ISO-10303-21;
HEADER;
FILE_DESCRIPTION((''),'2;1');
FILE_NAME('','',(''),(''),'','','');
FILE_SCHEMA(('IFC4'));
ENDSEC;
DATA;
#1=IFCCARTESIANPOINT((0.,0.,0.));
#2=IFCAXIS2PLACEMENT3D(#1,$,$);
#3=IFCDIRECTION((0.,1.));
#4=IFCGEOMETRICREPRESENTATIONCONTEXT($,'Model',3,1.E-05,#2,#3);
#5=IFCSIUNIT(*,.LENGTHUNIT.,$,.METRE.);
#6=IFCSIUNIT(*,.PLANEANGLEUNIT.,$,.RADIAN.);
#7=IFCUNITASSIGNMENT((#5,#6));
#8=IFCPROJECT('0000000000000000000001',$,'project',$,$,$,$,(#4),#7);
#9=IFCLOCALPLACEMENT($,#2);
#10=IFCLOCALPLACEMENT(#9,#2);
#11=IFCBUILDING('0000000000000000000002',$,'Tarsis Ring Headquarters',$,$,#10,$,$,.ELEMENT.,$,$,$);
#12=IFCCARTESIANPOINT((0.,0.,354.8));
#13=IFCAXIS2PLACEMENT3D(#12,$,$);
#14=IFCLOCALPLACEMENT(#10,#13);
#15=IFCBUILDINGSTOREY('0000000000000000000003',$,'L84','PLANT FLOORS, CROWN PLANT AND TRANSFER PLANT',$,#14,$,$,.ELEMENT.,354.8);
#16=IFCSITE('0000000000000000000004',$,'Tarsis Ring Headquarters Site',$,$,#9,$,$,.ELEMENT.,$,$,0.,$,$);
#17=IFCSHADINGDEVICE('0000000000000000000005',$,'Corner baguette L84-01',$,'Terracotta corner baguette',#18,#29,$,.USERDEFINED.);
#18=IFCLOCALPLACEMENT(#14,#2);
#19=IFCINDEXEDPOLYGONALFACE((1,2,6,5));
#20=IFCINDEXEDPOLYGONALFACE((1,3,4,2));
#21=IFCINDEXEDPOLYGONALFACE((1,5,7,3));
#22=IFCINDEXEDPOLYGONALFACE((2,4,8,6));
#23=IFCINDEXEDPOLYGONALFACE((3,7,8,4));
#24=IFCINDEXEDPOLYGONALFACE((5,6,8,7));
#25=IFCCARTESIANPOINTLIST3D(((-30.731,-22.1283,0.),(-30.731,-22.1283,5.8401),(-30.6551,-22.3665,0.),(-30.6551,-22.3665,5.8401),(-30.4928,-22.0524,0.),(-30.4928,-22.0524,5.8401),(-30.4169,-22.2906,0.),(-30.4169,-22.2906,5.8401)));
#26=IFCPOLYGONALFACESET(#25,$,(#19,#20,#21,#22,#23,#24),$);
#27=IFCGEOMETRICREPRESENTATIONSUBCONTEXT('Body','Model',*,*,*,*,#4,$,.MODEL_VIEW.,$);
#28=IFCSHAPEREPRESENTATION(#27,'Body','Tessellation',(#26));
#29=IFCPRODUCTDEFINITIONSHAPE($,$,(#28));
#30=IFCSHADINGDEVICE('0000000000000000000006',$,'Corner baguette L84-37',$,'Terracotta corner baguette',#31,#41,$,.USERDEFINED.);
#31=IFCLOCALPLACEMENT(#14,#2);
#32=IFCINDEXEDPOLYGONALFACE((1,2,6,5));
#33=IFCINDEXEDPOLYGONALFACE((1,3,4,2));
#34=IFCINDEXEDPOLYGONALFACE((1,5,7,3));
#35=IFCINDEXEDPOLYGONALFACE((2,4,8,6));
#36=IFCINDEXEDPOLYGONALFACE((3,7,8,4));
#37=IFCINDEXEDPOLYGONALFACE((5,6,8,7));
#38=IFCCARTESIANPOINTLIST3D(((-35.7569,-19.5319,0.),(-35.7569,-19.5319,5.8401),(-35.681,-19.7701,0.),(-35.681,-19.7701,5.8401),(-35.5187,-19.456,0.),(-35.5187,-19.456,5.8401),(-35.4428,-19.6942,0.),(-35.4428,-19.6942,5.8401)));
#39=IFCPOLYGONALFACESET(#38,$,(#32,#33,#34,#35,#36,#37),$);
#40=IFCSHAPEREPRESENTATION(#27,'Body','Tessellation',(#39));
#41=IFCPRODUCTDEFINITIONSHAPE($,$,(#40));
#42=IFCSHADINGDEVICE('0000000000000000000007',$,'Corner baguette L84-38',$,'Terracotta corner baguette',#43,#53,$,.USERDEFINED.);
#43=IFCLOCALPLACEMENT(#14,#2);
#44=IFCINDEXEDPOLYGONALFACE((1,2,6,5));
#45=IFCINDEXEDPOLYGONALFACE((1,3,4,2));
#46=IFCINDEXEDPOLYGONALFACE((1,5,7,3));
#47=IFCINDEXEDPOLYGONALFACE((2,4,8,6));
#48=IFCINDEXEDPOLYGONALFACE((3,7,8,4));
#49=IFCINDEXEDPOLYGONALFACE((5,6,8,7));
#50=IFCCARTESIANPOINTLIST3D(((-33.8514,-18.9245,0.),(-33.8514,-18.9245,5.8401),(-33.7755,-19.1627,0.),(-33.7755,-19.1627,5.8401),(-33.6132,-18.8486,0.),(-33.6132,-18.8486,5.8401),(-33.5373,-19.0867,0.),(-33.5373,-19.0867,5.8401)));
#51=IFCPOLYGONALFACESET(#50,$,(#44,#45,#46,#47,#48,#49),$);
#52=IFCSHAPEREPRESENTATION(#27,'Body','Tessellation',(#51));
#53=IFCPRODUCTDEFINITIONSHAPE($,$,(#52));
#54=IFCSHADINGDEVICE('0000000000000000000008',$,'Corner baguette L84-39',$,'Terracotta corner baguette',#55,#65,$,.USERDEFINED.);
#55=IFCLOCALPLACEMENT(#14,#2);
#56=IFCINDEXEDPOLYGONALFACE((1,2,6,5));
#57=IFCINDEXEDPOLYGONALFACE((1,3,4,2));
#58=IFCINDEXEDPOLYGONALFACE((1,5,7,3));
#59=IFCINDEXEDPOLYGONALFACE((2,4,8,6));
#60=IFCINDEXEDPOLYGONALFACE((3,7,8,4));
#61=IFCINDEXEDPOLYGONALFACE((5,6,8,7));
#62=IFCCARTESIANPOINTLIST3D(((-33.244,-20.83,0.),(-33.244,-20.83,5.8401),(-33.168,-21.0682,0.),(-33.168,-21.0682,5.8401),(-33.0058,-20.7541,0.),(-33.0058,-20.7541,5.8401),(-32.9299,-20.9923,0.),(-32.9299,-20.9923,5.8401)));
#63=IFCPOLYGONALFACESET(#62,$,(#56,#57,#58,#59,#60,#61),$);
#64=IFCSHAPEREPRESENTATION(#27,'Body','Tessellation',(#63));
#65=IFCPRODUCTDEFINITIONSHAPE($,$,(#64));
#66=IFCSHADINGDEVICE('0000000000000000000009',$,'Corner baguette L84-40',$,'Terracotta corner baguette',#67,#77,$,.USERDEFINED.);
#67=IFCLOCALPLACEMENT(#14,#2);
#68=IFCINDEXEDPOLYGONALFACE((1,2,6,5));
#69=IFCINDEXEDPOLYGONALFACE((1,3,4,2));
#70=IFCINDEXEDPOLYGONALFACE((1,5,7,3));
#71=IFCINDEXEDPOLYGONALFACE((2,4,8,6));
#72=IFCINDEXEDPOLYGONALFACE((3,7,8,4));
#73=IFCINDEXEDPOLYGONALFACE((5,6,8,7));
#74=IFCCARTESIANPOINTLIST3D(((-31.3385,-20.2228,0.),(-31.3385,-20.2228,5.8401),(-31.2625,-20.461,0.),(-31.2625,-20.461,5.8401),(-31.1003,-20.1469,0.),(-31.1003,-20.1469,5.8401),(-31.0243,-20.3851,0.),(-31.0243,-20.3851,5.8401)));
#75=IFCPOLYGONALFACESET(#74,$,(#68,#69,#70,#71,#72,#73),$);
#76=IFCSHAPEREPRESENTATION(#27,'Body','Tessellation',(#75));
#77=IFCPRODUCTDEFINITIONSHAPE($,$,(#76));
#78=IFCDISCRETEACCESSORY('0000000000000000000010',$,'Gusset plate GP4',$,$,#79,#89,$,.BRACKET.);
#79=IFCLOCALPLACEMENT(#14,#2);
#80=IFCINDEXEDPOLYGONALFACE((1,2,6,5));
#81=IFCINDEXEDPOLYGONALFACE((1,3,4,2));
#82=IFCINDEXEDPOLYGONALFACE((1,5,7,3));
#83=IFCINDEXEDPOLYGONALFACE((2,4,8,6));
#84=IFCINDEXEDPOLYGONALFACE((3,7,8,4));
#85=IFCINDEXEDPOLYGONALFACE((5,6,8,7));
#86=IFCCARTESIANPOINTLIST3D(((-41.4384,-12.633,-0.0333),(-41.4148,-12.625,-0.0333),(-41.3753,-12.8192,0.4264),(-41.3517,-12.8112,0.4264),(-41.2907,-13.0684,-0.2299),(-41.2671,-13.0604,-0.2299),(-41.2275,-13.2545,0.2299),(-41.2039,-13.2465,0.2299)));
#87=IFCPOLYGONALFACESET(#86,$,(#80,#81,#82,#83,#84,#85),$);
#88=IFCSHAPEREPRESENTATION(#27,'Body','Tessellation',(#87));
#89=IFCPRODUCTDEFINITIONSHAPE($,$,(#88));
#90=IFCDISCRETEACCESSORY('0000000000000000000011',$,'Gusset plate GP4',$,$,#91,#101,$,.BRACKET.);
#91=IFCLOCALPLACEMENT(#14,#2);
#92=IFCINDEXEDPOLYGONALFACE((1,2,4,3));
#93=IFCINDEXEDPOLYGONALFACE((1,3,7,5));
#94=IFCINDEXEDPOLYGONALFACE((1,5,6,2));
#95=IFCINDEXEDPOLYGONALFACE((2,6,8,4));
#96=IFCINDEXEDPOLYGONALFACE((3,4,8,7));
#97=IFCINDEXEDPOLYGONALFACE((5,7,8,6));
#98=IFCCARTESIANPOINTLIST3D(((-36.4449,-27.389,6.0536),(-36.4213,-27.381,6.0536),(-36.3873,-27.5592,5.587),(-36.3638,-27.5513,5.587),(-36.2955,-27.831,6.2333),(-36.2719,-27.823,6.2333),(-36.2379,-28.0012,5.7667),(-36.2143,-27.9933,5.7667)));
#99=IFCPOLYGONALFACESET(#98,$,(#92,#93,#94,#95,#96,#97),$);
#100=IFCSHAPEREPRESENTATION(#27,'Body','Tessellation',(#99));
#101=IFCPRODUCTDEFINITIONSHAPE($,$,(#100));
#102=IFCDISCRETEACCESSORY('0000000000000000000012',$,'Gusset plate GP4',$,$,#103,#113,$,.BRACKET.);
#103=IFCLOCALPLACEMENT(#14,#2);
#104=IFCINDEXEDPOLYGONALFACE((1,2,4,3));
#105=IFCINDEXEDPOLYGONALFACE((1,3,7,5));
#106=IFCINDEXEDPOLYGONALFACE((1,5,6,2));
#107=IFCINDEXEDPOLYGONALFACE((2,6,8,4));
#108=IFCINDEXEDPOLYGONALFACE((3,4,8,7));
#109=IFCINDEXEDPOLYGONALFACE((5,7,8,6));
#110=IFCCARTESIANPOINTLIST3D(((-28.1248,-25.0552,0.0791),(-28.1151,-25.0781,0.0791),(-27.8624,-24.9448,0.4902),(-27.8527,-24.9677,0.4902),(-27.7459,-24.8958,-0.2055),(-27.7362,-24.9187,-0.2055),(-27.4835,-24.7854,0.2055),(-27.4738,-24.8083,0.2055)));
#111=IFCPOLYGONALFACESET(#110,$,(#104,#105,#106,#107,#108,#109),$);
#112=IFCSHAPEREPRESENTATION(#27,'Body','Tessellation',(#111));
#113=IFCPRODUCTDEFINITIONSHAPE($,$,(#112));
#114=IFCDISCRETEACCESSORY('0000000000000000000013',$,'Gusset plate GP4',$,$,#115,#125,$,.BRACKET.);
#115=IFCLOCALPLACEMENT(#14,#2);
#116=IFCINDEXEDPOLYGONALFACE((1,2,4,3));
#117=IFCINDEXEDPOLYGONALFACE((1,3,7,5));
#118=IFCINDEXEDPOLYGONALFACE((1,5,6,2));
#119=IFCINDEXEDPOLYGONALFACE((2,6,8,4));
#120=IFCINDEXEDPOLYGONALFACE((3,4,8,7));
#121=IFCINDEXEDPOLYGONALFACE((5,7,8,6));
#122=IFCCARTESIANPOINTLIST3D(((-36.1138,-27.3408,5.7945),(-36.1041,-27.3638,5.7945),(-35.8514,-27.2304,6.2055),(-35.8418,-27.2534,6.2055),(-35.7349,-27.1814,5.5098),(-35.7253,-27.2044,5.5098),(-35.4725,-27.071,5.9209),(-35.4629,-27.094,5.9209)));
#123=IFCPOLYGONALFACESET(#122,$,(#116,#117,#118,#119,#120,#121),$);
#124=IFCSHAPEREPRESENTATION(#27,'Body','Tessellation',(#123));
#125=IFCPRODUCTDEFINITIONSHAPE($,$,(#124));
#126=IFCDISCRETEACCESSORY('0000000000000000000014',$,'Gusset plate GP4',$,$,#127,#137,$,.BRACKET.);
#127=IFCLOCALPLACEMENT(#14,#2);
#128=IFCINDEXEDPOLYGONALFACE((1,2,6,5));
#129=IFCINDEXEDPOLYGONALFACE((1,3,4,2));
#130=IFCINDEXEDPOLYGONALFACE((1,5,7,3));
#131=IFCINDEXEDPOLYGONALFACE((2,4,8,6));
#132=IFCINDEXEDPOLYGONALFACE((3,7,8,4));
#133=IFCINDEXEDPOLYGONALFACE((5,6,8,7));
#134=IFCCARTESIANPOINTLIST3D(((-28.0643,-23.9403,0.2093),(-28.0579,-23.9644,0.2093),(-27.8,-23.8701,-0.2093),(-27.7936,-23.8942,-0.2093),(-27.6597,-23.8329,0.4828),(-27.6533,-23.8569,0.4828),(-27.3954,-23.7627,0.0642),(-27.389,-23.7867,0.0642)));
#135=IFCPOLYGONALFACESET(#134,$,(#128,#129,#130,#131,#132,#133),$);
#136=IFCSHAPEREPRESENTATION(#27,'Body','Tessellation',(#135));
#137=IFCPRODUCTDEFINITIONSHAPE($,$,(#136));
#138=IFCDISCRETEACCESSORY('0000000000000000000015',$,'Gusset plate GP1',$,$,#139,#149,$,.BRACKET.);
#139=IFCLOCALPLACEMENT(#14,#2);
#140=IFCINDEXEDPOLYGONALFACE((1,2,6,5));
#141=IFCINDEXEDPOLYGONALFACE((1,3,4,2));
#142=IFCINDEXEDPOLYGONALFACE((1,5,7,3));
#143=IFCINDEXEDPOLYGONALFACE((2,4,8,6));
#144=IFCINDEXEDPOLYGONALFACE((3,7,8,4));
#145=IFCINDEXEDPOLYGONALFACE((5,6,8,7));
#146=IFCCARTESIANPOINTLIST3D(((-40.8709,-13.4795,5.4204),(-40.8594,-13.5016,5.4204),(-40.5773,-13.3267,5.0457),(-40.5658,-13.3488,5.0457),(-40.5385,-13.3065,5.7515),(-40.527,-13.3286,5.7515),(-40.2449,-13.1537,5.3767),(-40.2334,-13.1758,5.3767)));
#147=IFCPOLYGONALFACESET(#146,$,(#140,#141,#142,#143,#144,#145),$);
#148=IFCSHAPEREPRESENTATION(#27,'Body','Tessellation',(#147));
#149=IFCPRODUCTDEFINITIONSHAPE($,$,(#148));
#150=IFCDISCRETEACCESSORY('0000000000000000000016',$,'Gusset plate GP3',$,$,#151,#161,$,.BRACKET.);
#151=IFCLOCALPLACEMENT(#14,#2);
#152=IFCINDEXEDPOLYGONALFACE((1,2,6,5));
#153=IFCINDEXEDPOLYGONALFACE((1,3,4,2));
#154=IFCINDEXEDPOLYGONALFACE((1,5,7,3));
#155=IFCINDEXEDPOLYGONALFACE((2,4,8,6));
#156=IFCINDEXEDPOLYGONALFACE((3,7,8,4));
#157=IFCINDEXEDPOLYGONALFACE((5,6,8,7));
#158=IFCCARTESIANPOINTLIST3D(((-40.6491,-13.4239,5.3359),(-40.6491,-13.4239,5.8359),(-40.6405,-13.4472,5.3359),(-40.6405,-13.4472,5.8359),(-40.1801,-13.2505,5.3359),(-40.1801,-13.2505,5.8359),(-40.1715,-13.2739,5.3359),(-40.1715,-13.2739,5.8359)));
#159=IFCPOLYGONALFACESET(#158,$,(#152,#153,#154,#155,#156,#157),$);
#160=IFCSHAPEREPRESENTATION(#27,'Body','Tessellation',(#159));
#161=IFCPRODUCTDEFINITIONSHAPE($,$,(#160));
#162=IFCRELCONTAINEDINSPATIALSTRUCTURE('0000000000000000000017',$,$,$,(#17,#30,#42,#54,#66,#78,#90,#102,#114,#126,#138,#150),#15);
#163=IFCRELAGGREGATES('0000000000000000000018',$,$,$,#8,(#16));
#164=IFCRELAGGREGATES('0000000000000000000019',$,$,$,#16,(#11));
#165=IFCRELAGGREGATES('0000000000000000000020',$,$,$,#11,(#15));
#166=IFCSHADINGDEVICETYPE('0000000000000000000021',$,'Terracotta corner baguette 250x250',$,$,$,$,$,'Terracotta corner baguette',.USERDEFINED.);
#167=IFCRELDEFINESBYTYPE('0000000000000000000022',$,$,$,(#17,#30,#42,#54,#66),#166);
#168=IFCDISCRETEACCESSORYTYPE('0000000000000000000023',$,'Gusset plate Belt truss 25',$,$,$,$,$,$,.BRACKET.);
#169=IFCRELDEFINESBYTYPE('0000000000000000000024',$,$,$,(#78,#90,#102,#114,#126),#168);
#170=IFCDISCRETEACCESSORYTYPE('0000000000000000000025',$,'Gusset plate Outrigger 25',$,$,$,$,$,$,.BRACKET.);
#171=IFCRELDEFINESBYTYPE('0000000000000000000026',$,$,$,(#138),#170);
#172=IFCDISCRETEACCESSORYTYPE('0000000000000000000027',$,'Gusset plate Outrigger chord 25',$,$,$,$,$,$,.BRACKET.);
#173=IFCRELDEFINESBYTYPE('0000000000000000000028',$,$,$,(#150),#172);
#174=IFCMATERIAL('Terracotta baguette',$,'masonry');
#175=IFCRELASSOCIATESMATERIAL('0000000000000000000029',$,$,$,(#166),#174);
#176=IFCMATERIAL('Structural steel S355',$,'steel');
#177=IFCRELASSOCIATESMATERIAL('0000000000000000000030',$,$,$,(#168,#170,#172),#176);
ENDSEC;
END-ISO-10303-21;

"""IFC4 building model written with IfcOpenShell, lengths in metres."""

from ifc_helpers import new_model, si_unit, direction, frame, origin, origin_2d, place, context, subcontext, project, spatial, rectangle, extrude, material, material_profile, profile_set, type_object, element, save


model = new_model("IFC4")

# Units and contexts
model_context = context("Model", 3, precision=1e-05, world=origin(), true_north=direction((0.0, 1.0)))
body_context = subcontext(model_context, "Body", "Model", "MODEL_VIEW")
ifc_project = project(units=[si_unit("LENGTHUNIT", "METRE"), si_unit("PLANEANGLEUNIT", "RADIAN")], contexts=[model_context])

# Site, building, storey
site_placement = place(None, origin())
site = spatial("IfcSite", under=ifc_project, at=site_placement, Name="Tarsis Ring Headquarters Site", CompositionType="ELEMENT", RefElevation=0.0)
building_placement = place(site_placement, origin())
building = spatial("IfcBuilding", under=site, at=building_placement, Name="Tarsis Ring Headquarters", CompositionType="ELEMENT")
storey_placement = place(building_placement, frame((0.0, 0.0, 354.8)))
storey = spatial("IfcBuildingStorey", under=building, at=storey_placement, Name="L84", Description="PLANT FLOORS, CROWN PLANT AND TRANSFER PLANT", CompositionType="ELEMENT", Elevation=354.8)

# Shared definitions
ifc_material_1 = material(Name="Structural steel S355", Category="steel")

# Shading devices
ifc_material_2 = material(Name="Terracotta baguette", Category="masonry")
shading_device_type_1 = type_object("IfcShadingDeviceType", Name="Terracotta corner baguette 250x250", ElementType="Terracotta corner baguette", PredefinedType="USERDEFINED", material=ifc_material_2)
for number, where, z_axis, x_axis, name in (
    (1, (-30.574, -22.2095, 0.0), (0.0, 0.0, 1.0), (0.303701, -0.952767, 0.0), "Corner baguette L84-01"),
    (2, (-35.5999, -19.613, 0.0), (0.0, 0.0, 1.0), (0.303701, -0.952768, 0.0), "Corner baguette L84-37"),
    (3, (-33.6943, -19.0056, 0.0), (0.0, 0.0, 1.0), (0.952767, 0.303701, 0.0), "Corner baguette L84-38"),
    (4, (-33.0869, -20.9111, 0.0), (0.0, 0.0, 1.0), (0.3037, -0.952768, 0.0), "Corner baguette L84-39"),
    (5, (-31.1814, -20.304, 0.0), (0.0, 0.0, 1.0), (0.952768, 0.303701, 0.0), "Corner baguette L84-40"),
):
    element("IfcShadingDevice", number, at=place(storey_placement, frame(where, z_axis=z_axis, x_axis=x_axis)), inside=storey, type_object=shading_device_type_1, Name=name, ObjectType="Terracotta corner baguette", PredefinedType="USERDEFINED", context=body_context, shape_type="SweptSolid", body=[
        extrude(rectangle(XDim=0.25, YDim=0.25, at=origin_2d()), origin(), (0.0, 0.0, 1.0), 5.8401),
    ])

# Discrete accessories
ifc_material_profile_1 = material_profile(ifc_material_1, rectangle(XDim=0.0249, YDim=0.5, at=origin_2d()), Name="PL 25x500")
ifc_profile_set_1 = profile_set([ifc_material_profile_1], Name="Structural steel S355")
discrete_accessory_type_1 = type_object("IfcDiscreteAccessoryType", Name="Gusset plate Belt truss 25", PredefinedType="BRACKET", material=ifc_profile_set_1)
for number, where, z_axis, x_axis, name in (
    (6, (-41.2473, -13.1575, 0.0), (-0.295451, 0.870726, 0.393121), (-0.94697, -0.321322, 0.0), "Gusset plate GP4"),
    (7, (-36.2549, -27.9121, 6.0), (-0.298898, 0.883996, -0.359459), (-0.947314, -0.320307, 0.0), "Gusset plate GP4"),
    (8, (-27.6099, -24.8521, 0.0), (-0.75778, -0.318834, 0.569311), (0.387818, -0.921736, 0.0), "Gusset plate GP4"),
    (9, (-35.9778, -27.2971, 6.0), (0.75778, 0.318834, -0.569311), (-0.387818, 0.921736, 0.0), "Gusset plate GP4"),
    (10, (-27.929, -23.9172, 0.0), (0.809145, 0.214861, 0.546918), (-0.256646, 0.966505, 0.0), "Gusset plate GP4"),
):
    element("IfcDiscreteAccessory", number, at=place(storey_placement, frame(where, z_axis=z_axis, x_axis=x_axis)), inside=storey, type_object=discrete_accessory_type_1, Name=name, PredefinedType="BRACKET", context=body_context, shape_type="SweptSolid", body=[
        extrude(rectangle(XDim=0.0249, YDim=0.5, at=origin_2d()), origin(), (0.0, 0.0, 1.0), 0.5),
    ])
discrete_accessory_type_2 = type_object("IfcDiscreteAccessoryType", Name="Gusset plate Outrigger 25", PredefinedType="BRACKET", material=ifc_profile_set_1)
discrete_accessory_1_placement = place(storey_placement, frame((-40.699, -13.4041, 5.5859), z_axis=(0.587332, 0.305627, -0.749422), x_axis=(-0.461608, 0.887084, 0.0)))
element("IfcDiscreteAccessory", 11, at=discrete_accessory_1_placement, inside=storey, type_object=discrete_accessory_type_2, Name="Gusset plate GP1", PredefinedType="BRACKET", context=body_context, shape_type="SweptSolid", body=[
    extrude(rectangle(XDim=0.0249, YDim=0.5, at=origin_2d()), origin(), (0.0, 0.0, 1.0), 0.5),
])
discrete_accessory_type_3 = type_object("IfcDiscreteAccessoryType", Name="Gusset plate Outrigger chord 25", PredefinedType="BRACKET", material=ifc_profile_set_1)
discrete_accessory_2_placement = place(storey_placement, frame((-40.6448, -13.4355, 5.5859), z_axis=(0.937984, 0.346678, 0.0), x_axis=(-0.346678, 0.937984, 0.0)))
element("IfcDiscreteAccessory", 12, at=discrete_accessory_2_placement, inside=storey, type_object=discrete_accessory_type_3, Name="Gusset plate GP3", PredefinedType="BRACKET", context=body_context, shape_type="SweptSolid", body=[
    extrude(rectangle(XDim=0.0249, YDim=0.5, at=origin_2d()), origin(), (0.0, 0.0, 1.0), 0.5),
])

save(model, "model.ifc")
